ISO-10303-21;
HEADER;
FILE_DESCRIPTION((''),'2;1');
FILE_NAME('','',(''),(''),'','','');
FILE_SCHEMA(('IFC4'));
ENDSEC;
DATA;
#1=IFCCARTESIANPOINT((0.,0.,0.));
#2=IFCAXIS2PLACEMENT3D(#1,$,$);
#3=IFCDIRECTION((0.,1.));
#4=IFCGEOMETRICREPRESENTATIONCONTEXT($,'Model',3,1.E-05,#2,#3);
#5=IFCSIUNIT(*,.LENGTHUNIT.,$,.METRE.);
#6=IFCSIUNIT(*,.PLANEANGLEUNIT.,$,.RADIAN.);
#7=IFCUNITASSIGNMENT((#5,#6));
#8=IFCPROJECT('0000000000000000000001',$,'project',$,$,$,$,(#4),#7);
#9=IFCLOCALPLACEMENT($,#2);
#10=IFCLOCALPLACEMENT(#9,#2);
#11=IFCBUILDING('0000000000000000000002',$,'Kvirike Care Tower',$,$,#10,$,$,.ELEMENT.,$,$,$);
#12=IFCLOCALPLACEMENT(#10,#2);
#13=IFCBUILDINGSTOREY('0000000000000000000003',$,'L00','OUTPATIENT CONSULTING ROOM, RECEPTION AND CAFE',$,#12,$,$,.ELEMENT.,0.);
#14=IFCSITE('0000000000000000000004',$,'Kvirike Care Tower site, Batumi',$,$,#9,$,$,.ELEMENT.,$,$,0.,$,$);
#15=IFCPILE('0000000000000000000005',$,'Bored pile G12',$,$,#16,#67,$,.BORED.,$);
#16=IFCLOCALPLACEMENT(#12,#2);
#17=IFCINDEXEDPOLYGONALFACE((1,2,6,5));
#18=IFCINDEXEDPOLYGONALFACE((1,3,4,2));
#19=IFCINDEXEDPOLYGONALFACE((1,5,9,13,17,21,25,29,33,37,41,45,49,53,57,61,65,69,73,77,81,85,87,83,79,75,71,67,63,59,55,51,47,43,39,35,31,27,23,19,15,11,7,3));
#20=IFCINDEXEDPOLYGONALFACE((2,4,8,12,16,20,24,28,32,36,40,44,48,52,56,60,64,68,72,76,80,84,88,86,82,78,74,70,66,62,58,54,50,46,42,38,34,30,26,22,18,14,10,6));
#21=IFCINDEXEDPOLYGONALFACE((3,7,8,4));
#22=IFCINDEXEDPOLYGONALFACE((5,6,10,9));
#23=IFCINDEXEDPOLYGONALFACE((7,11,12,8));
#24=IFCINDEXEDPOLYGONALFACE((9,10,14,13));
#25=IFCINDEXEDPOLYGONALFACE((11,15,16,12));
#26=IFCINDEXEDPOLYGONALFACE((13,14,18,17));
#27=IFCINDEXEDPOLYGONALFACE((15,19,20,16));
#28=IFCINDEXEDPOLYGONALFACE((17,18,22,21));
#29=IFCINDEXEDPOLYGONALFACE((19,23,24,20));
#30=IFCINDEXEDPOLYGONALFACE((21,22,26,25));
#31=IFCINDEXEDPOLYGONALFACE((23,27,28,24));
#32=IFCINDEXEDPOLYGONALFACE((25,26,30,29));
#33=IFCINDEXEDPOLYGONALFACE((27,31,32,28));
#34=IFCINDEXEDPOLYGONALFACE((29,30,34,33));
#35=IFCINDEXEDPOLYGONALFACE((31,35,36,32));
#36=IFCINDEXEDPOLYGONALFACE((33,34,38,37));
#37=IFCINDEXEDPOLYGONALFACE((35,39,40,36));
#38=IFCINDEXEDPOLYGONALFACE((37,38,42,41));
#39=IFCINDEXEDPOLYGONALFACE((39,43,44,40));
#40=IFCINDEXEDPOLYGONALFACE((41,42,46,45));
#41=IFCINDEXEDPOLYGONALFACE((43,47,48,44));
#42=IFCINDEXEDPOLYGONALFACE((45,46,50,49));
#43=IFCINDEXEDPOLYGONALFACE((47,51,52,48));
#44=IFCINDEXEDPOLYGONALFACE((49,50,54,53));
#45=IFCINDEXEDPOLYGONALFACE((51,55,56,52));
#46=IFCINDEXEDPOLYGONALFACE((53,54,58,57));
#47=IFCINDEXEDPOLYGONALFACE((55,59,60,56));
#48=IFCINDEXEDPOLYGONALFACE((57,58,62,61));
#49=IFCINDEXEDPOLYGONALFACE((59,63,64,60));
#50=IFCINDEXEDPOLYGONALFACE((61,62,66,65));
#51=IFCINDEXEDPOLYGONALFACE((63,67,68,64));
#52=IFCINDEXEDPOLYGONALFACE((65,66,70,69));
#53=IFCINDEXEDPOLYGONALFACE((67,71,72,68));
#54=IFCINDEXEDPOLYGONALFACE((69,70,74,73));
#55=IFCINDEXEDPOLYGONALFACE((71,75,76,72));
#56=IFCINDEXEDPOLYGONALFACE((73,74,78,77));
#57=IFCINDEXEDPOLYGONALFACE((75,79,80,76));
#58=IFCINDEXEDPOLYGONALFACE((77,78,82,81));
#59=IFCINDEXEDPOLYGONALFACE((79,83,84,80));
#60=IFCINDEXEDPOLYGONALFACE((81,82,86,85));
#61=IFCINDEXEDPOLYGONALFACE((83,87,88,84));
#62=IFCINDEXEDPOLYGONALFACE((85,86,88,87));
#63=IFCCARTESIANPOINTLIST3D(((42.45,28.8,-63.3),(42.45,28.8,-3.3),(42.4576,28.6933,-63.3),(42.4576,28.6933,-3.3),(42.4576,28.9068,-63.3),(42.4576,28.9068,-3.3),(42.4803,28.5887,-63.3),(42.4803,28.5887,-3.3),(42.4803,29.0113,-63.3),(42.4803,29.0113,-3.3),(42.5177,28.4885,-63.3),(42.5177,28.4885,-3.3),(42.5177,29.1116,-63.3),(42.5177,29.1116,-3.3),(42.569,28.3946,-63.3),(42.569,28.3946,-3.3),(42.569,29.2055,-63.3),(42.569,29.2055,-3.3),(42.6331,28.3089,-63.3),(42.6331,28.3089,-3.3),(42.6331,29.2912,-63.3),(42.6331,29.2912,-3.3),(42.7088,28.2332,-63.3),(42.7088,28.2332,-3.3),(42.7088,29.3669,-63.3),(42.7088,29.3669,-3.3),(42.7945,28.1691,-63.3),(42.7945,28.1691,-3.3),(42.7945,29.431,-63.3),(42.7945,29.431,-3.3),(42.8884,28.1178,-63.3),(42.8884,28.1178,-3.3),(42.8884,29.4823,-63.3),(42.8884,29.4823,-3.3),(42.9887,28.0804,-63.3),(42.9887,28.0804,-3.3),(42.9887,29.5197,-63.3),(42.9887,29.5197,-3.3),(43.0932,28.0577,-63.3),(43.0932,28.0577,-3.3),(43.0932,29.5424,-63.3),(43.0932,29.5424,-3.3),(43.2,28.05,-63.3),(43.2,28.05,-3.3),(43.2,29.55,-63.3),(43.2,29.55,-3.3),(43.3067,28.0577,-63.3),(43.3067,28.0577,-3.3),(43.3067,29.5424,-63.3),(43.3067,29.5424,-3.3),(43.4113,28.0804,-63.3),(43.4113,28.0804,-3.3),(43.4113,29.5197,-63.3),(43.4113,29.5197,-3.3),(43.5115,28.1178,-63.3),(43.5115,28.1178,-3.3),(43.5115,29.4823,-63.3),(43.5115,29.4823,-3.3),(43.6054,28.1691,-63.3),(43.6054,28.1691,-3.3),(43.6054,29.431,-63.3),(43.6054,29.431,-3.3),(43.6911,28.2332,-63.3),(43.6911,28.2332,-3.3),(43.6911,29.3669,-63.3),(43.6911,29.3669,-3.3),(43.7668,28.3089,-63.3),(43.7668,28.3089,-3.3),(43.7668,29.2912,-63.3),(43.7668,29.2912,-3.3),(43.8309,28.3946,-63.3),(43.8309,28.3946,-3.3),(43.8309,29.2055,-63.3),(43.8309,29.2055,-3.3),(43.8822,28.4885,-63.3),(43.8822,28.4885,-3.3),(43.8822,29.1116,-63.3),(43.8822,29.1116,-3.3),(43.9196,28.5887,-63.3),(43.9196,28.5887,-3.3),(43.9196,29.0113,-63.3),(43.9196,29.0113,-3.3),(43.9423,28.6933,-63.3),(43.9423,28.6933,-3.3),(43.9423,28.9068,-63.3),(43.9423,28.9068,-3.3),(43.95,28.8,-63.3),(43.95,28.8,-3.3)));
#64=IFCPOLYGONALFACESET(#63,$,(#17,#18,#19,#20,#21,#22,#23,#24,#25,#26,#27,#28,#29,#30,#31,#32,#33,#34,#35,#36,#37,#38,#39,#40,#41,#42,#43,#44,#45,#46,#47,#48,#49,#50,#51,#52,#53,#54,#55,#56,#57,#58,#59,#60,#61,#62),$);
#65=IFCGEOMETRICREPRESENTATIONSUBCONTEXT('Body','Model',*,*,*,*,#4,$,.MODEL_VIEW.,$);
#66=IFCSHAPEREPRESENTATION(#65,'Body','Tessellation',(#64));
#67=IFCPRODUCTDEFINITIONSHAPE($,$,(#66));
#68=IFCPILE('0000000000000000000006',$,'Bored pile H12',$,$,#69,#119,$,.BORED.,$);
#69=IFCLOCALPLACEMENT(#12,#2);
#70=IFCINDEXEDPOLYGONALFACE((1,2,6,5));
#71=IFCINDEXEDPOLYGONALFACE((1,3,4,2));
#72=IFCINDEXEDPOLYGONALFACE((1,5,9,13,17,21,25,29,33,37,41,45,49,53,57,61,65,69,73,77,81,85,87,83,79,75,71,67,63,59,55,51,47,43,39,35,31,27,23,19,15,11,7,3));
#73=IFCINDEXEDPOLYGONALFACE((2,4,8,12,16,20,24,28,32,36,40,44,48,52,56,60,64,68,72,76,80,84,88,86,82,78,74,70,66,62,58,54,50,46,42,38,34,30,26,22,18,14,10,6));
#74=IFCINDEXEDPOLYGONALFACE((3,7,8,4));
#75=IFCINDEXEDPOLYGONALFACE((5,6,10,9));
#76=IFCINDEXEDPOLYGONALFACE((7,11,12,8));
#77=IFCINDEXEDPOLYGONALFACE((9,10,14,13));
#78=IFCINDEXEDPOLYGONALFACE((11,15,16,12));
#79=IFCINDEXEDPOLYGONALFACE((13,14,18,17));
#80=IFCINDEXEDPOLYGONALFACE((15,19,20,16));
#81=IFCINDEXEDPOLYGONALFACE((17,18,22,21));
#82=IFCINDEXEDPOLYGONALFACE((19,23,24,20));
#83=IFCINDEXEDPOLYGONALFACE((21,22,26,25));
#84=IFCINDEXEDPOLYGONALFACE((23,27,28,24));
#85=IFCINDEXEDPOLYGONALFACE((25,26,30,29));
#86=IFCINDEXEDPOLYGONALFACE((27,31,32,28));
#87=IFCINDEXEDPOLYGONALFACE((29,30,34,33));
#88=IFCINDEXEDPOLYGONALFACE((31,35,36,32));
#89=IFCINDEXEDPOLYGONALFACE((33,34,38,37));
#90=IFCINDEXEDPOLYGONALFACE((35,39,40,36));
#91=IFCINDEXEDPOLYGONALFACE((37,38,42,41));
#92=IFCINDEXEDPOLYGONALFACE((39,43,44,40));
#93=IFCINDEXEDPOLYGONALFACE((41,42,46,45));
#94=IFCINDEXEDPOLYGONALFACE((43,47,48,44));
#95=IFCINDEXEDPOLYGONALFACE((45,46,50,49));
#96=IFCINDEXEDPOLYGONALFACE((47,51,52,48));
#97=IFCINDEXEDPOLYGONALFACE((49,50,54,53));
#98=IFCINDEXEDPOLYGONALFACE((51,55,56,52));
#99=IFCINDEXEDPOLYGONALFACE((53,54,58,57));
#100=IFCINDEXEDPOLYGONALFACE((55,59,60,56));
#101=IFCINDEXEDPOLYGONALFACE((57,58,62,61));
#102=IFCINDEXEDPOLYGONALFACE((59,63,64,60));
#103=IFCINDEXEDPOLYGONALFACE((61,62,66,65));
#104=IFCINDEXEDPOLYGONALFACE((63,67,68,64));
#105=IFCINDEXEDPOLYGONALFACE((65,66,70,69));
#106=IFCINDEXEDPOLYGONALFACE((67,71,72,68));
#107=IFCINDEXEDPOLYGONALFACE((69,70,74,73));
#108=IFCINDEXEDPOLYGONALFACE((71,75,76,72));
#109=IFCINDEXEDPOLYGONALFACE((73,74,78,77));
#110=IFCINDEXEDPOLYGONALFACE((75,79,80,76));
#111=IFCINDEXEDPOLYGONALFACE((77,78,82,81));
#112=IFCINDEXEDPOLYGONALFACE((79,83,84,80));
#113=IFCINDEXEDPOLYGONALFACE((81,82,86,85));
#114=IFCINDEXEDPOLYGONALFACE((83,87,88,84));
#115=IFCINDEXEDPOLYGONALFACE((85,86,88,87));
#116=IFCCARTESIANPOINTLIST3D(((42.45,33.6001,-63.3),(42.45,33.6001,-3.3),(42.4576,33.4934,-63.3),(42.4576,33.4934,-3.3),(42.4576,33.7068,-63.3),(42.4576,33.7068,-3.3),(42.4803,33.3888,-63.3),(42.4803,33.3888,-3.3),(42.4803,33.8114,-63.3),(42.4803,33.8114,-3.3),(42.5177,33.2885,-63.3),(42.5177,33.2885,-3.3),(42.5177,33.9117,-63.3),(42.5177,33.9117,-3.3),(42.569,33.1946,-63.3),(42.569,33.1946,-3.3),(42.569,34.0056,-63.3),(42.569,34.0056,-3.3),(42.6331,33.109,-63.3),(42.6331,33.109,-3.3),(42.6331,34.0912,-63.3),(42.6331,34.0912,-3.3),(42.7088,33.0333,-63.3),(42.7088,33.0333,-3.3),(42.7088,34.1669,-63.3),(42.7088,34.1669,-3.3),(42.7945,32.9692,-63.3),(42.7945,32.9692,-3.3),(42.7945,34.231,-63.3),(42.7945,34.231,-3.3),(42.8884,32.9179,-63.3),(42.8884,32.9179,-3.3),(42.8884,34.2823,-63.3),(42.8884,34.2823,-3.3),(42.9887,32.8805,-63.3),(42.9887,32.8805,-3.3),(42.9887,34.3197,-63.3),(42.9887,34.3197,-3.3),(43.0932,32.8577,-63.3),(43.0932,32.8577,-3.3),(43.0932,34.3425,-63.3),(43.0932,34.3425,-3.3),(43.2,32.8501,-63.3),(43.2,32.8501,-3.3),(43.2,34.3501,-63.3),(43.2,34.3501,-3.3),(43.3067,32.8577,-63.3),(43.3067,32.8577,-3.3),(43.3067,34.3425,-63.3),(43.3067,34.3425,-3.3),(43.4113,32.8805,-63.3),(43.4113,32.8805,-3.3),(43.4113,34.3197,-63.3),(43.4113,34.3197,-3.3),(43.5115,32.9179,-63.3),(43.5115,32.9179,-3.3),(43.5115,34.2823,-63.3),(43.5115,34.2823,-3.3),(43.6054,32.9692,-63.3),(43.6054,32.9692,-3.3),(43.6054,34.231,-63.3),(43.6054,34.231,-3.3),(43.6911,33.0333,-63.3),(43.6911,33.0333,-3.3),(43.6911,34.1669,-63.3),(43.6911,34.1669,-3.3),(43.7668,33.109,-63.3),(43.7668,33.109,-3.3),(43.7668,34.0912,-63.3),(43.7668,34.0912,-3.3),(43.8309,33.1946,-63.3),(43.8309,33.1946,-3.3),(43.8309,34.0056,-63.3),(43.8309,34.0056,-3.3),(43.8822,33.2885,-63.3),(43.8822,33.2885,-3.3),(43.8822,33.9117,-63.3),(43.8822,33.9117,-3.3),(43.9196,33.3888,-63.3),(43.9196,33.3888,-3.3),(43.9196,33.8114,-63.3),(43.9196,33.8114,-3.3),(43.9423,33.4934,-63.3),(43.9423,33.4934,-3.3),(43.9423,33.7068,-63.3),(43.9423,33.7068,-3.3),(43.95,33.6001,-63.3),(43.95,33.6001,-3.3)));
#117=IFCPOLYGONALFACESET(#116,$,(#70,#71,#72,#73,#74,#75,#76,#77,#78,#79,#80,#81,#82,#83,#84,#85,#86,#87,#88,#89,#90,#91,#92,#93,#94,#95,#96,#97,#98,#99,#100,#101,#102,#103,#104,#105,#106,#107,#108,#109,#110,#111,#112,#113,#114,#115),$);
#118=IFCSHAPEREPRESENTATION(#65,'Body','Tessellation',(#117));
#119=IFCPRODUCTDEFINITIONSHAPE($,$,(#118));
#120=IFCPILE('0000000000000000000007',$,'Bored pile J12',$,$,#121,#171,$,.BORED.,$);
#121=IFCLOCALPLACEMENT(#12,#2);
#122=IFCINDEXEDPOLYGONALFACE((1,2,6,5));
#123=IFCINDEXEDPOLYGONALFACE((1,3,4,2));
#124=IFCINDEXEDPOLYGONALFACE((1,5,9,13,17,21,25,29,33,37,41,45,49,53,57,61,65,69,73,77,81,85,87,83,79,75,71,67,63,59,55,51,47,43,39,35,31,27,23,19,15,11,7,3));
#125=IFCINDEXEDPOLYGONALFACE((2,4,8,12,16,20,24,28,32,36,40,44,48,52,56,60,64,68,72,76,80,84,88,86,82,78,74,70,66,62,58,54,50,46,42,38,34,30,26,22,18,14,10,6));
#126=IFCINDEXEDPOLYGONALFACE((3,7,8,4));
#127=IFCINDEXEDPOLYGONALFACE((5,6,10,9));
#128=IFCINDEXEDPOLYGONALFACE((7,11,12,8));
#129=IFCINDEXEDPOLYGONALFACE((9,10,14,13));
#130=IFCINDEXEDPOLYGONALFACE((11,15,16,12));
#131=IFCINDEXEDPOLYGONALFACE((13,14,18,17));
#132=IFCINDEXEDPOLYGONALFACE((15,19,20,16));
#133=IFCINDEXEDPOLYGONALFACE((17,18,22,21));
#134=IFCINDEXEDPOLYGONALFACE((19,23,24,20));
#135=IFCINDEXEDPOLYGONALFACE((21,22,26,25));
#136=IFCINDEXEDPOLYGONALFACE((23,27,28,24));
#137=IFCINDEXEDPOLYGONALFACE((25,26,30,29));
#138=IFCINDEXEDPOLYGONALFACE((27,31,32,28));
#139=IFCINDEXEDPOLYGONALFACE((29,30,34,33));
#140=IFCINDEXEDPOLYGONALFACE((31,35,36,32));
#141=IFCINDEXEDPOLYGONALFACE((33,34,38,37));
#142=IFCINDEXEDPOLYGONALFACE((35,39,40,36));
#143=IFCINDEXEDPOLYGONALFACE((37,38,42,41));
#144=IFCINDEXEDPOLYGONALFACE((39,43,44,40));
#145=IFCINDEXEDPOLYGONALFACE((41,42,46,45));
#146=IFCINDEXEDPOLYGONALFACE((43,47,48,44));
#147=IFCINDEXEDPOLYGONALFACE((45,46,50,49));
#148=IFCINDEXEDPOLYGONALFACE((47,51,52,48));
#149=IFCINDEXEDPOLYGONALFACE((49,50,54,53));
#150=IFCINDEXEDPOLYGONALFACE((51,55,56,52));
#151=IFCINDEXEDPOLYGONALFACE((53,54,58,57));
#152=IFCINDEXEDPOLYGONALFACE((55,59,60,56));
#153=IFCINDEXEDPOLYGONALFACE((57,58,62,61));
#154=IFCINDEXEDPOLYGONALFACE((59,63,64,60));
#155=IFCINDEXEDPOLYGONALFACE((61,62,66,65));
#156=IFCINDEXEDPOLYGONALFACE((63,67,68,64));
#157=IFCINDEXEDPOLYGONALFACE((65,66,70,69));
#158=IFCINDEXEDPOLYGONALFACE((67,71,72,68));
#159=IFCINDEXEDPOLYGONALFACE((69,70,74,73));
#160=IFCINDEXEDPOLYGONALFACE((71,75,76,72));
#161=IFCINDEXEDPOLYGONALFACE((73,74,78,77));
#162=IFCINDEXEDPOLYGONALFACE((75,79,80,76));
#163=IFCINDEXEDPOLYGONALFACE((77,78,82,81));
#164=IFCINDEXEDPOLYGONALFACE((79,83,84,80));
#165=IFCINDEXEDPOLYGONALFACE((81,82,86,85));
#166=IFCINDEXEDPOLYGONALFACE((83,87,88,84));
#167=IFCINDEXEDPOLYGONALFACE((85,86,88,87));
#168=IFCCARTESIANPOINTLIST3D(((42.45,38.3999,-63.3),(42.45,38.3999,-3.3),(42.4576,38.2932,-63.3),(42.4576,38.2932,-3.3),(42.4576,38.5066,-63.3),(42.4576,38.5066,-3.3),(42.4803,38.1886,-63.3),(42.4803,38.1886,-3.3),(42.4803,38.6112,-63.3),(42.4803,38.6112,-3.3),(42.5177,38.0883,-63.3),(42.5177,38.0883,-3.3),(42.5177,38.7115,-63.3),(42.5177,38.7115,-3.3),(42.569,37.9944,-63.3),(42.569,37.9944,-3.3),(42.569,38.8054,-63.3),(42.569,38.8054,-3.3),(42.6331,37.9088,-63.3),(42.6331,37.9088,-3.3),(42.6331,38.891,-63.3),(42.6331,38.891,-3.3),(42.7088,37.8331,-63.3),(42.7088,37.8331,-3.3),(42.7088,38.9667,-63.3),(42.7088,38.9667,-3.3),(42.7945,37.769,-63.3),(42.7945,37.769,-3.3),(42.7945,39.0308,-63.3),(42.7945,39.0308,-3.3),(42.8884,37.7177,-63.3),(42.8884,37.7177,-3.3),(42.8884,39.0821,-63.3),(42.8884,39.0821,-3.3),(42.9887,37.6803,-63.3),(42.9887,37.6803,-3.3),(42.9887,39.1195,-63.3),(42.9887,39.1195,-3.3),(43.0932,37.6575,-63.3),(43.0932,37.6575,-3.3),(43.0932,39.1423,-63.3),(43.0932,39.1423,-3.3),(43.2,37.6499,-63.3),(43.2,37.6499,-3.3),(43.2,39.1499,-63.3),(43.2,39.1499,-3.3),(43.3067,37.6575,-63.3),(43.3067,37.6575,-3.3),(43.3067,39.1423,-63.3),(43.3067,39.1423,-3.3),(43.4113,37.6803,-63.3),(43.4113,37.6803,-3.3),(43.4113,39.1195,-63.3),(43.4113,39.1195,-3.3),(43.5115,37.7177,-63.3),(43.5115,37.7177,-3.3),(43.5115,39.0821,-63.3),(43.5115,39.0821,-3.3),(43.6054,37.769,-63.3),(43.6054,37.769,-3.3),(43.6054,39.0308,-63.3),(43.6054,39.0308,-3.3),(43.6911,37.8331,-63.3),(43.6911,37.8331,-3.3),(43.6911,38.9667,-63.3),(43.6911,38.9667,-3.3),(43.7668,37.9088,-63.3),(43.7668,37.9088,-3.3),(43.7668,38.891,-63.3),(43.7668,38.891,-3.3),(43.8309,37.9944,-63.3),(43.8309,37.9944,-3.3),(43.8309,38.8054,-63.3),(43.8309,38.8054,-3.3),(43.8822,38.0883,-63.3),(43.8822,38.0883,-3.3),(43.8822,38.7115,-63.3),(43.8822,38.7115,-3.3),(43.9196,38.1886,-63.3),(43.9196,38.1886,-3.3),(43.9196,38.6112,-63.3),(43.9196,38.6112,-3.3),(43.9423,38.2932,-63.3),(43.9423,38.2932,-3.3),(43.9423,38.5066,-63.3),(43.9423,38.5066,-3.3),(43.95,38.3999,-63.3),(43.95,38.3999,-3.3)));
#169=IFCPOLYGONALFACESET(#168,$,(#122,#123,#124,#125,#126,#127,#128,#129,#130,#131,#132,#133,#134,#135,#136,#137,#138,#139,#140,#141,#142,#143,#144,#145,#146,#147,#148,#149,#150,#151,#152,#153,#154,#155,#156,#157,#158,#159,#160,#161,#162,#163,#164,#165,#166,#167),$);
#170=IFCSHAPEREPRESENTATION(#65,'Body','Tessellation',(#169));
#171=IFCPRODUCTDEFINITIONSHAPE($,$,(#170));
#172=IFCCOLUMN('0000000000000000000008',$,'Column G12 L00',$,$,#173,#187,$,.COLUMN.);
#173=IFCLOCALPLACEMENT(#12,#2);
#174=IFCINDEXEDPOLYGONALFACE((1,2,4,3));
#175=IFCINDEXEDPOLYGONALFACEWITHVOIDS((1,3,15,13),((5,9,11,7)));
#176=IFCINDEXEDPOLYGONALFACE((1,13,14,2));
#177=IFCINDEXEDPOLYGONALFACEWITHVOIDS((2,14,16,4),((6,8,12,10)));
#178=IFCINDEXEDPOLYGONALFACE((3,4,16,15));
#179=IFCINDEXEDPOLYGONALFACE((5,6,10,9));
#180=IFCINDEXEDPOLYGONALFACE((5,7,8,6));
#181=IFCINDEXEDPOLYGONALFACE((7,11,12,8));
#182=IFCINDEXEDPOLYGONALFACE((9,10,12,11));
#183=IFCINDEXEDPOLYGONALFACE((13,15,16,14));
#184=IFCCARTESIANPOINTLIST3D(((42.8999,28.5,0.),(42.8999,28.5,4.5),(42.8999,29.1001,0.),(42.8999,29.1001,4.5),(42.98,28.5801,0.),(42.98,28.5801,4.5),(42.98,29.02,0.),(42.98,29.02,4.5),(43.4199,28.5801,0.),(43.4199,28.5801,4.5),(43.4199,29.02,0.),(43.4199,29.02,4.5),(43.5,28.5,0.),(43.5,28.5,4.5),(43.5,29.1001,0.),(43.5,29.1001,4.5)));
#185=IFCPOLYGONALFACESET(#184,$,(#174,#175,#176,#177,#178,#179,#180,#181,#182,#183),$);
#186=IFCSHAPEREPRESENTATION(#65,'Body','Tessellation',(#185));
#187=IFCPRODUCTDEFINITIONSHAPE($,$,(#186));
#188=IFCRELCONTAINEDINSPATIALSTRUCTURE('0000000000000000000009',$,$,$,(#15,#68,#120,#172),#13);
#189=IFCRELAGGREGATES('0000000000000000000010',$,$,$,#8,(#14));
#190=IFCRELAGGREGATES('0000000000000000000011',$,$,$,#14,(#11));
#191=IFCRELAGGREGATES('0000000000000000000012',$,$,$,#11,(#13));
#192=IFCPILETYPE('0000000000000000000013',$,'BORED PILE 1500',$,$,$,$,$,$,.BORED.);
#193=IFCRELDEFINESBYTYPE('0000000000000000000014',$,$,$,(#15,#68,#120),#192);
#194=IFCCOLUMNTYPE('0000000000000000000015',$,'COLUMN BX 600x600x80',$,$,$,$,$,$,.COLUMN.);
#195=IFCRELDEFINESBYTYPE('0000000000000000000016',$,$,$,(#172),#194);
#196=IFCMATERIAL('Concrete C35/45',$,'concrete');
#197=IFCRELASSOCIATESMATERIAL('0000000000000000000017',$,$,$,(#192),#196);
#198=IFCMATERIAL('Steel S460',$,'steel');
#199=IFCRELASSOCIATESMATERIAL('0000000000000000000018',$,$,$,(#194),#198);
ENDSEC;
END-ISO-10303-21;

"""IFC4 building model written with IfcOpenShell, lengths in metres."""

from ifc_helpers import new_model, si_unit, direction, frame, origin, origin_2d, place, context, subcontext, project, spatial, hollow_rectangle, circle, extrude, material, material_profile, profile_set, type_object, element, save


model = new_model("IFC4")

# Units and contexts
model_context = context("Model", 3, precision=1e-05, world=origin(), true_north=direction((0.0, 1.0)))
body_context = subcontext(model_context, "Body", "Model", "MODEL_VIEW")
ifc_project = project(units=[si_unit("LENGTHUNIT", "METRE"), si_unit("PLANEANGLEUNIT", "RADIAN")], contexts=[model_context])

# Site, building, storey
site_placement = place(None, origin())
site = spatial("IfcSite", under=ifc_project, at=site_placement, Name="Kvirike Care Tower site, Batumi", CompositionType="ELEMENT", RefElevation=0.0)
building_placement = place(site_placement, origin())
building = spatial("IfcBuilding", under=site, at=building_placement, Name="Kvirike Care Tower", CompositionType="ELEMENT")
storey_placement = place(building_placement, origin())
storey = spatial("IfcBuildingStorey", under=building, at=storey_placement, Name="L00", Description="OUTPATIENT CONSULTING ROOM, RECEPTION AND CAFE", CompositionType="ELEMENT", Elevation=0.0)

# Piles
ifc_material_1 = material(Name="Concrete C35/45", Category="concrete")
ifc_material_profile_1 = material_profile(ifc_material_1, circle(Radius=0.75, at=origin_2d()), Name="BORED PILE 1500")
ifc_profile_set_1 = profile_set([ifc_material_profile_1], Name="Concrete C35/45")
pile_type = type_object("IfcPileType", Name="BORED PILE 1500", PredefinedType="BORED", material=ifc_profile_set_1)
for number, where, z_axis, x_axis, name in (
    (1, (43.2, 28.8, -3.3), (0.0, 0.0, -1.0), (1.0, 0.0, 0.0), "Bored pile G12"),
    (2, (43.2, 33.6001, -3.3), (0.0, 0.0, -1.0), (1.0, 0.0, 0.0), "Bored pile H12"),
    (3, (43.2, 38.3999, -3.3), (0.0, 0.0, -1.0), (1.0, 0.0, 0.0), "Bored pile J12"),
):
    element("IfcPile", number, at=place(storey_placement, frame(where, z_axis=z_axis, x_axis=x_axis)), inside=storey, type_object=pile_type, Name=name, PredefinedType="BORED", context=body_context, shape_type="SweptSolid", body=[
        extrude(circle(Radius=0.75, at=origin_2d()), origin(), (0.0, 0.0, 1.0), 60.0),
    ])

# Column
ifc_material_2 = material(Name="Steel S460", Category="steel")
ifc_material_profile_2 = material_profile(ifc_material_2, hollow_rectangle(XDim=0.6001, YDim=0.6001, WallThickness=0.0801, at=origin_2d()), Name="BX 600x600x80")
ifc_profile_set_2 = profile_set([ifc_material_profile_2], Name="Steel S460")
column_type_1 = type_object("IfcColumnType", Name="COLUMN BX 600x600x80", PredefinedType="COLUMN", material=ifc_profile_set_2)
column_placement = place(storey_placement, frame((43.2, 28.8, 0.0), z_axis=(0.0, 0.0, 1.0), x_axis=(0.0, 1.0, 0.0)))
element("IfcColumn", 4, at=column_placement, inside=storey, type_object=column_type_1, Name="Column G12 L00", PredefinedType="COLUMN", context=body_context, shape_type="SweptSolid", body=[
    extrude(hollow_rectangle(XDim=0.6001, YDim=0.6001, WallThickness=0.0801, at=origin_2d()), origin(), (0.0, 0.0, 1.0), 4.5),
])

save(model, "model.ifc")
